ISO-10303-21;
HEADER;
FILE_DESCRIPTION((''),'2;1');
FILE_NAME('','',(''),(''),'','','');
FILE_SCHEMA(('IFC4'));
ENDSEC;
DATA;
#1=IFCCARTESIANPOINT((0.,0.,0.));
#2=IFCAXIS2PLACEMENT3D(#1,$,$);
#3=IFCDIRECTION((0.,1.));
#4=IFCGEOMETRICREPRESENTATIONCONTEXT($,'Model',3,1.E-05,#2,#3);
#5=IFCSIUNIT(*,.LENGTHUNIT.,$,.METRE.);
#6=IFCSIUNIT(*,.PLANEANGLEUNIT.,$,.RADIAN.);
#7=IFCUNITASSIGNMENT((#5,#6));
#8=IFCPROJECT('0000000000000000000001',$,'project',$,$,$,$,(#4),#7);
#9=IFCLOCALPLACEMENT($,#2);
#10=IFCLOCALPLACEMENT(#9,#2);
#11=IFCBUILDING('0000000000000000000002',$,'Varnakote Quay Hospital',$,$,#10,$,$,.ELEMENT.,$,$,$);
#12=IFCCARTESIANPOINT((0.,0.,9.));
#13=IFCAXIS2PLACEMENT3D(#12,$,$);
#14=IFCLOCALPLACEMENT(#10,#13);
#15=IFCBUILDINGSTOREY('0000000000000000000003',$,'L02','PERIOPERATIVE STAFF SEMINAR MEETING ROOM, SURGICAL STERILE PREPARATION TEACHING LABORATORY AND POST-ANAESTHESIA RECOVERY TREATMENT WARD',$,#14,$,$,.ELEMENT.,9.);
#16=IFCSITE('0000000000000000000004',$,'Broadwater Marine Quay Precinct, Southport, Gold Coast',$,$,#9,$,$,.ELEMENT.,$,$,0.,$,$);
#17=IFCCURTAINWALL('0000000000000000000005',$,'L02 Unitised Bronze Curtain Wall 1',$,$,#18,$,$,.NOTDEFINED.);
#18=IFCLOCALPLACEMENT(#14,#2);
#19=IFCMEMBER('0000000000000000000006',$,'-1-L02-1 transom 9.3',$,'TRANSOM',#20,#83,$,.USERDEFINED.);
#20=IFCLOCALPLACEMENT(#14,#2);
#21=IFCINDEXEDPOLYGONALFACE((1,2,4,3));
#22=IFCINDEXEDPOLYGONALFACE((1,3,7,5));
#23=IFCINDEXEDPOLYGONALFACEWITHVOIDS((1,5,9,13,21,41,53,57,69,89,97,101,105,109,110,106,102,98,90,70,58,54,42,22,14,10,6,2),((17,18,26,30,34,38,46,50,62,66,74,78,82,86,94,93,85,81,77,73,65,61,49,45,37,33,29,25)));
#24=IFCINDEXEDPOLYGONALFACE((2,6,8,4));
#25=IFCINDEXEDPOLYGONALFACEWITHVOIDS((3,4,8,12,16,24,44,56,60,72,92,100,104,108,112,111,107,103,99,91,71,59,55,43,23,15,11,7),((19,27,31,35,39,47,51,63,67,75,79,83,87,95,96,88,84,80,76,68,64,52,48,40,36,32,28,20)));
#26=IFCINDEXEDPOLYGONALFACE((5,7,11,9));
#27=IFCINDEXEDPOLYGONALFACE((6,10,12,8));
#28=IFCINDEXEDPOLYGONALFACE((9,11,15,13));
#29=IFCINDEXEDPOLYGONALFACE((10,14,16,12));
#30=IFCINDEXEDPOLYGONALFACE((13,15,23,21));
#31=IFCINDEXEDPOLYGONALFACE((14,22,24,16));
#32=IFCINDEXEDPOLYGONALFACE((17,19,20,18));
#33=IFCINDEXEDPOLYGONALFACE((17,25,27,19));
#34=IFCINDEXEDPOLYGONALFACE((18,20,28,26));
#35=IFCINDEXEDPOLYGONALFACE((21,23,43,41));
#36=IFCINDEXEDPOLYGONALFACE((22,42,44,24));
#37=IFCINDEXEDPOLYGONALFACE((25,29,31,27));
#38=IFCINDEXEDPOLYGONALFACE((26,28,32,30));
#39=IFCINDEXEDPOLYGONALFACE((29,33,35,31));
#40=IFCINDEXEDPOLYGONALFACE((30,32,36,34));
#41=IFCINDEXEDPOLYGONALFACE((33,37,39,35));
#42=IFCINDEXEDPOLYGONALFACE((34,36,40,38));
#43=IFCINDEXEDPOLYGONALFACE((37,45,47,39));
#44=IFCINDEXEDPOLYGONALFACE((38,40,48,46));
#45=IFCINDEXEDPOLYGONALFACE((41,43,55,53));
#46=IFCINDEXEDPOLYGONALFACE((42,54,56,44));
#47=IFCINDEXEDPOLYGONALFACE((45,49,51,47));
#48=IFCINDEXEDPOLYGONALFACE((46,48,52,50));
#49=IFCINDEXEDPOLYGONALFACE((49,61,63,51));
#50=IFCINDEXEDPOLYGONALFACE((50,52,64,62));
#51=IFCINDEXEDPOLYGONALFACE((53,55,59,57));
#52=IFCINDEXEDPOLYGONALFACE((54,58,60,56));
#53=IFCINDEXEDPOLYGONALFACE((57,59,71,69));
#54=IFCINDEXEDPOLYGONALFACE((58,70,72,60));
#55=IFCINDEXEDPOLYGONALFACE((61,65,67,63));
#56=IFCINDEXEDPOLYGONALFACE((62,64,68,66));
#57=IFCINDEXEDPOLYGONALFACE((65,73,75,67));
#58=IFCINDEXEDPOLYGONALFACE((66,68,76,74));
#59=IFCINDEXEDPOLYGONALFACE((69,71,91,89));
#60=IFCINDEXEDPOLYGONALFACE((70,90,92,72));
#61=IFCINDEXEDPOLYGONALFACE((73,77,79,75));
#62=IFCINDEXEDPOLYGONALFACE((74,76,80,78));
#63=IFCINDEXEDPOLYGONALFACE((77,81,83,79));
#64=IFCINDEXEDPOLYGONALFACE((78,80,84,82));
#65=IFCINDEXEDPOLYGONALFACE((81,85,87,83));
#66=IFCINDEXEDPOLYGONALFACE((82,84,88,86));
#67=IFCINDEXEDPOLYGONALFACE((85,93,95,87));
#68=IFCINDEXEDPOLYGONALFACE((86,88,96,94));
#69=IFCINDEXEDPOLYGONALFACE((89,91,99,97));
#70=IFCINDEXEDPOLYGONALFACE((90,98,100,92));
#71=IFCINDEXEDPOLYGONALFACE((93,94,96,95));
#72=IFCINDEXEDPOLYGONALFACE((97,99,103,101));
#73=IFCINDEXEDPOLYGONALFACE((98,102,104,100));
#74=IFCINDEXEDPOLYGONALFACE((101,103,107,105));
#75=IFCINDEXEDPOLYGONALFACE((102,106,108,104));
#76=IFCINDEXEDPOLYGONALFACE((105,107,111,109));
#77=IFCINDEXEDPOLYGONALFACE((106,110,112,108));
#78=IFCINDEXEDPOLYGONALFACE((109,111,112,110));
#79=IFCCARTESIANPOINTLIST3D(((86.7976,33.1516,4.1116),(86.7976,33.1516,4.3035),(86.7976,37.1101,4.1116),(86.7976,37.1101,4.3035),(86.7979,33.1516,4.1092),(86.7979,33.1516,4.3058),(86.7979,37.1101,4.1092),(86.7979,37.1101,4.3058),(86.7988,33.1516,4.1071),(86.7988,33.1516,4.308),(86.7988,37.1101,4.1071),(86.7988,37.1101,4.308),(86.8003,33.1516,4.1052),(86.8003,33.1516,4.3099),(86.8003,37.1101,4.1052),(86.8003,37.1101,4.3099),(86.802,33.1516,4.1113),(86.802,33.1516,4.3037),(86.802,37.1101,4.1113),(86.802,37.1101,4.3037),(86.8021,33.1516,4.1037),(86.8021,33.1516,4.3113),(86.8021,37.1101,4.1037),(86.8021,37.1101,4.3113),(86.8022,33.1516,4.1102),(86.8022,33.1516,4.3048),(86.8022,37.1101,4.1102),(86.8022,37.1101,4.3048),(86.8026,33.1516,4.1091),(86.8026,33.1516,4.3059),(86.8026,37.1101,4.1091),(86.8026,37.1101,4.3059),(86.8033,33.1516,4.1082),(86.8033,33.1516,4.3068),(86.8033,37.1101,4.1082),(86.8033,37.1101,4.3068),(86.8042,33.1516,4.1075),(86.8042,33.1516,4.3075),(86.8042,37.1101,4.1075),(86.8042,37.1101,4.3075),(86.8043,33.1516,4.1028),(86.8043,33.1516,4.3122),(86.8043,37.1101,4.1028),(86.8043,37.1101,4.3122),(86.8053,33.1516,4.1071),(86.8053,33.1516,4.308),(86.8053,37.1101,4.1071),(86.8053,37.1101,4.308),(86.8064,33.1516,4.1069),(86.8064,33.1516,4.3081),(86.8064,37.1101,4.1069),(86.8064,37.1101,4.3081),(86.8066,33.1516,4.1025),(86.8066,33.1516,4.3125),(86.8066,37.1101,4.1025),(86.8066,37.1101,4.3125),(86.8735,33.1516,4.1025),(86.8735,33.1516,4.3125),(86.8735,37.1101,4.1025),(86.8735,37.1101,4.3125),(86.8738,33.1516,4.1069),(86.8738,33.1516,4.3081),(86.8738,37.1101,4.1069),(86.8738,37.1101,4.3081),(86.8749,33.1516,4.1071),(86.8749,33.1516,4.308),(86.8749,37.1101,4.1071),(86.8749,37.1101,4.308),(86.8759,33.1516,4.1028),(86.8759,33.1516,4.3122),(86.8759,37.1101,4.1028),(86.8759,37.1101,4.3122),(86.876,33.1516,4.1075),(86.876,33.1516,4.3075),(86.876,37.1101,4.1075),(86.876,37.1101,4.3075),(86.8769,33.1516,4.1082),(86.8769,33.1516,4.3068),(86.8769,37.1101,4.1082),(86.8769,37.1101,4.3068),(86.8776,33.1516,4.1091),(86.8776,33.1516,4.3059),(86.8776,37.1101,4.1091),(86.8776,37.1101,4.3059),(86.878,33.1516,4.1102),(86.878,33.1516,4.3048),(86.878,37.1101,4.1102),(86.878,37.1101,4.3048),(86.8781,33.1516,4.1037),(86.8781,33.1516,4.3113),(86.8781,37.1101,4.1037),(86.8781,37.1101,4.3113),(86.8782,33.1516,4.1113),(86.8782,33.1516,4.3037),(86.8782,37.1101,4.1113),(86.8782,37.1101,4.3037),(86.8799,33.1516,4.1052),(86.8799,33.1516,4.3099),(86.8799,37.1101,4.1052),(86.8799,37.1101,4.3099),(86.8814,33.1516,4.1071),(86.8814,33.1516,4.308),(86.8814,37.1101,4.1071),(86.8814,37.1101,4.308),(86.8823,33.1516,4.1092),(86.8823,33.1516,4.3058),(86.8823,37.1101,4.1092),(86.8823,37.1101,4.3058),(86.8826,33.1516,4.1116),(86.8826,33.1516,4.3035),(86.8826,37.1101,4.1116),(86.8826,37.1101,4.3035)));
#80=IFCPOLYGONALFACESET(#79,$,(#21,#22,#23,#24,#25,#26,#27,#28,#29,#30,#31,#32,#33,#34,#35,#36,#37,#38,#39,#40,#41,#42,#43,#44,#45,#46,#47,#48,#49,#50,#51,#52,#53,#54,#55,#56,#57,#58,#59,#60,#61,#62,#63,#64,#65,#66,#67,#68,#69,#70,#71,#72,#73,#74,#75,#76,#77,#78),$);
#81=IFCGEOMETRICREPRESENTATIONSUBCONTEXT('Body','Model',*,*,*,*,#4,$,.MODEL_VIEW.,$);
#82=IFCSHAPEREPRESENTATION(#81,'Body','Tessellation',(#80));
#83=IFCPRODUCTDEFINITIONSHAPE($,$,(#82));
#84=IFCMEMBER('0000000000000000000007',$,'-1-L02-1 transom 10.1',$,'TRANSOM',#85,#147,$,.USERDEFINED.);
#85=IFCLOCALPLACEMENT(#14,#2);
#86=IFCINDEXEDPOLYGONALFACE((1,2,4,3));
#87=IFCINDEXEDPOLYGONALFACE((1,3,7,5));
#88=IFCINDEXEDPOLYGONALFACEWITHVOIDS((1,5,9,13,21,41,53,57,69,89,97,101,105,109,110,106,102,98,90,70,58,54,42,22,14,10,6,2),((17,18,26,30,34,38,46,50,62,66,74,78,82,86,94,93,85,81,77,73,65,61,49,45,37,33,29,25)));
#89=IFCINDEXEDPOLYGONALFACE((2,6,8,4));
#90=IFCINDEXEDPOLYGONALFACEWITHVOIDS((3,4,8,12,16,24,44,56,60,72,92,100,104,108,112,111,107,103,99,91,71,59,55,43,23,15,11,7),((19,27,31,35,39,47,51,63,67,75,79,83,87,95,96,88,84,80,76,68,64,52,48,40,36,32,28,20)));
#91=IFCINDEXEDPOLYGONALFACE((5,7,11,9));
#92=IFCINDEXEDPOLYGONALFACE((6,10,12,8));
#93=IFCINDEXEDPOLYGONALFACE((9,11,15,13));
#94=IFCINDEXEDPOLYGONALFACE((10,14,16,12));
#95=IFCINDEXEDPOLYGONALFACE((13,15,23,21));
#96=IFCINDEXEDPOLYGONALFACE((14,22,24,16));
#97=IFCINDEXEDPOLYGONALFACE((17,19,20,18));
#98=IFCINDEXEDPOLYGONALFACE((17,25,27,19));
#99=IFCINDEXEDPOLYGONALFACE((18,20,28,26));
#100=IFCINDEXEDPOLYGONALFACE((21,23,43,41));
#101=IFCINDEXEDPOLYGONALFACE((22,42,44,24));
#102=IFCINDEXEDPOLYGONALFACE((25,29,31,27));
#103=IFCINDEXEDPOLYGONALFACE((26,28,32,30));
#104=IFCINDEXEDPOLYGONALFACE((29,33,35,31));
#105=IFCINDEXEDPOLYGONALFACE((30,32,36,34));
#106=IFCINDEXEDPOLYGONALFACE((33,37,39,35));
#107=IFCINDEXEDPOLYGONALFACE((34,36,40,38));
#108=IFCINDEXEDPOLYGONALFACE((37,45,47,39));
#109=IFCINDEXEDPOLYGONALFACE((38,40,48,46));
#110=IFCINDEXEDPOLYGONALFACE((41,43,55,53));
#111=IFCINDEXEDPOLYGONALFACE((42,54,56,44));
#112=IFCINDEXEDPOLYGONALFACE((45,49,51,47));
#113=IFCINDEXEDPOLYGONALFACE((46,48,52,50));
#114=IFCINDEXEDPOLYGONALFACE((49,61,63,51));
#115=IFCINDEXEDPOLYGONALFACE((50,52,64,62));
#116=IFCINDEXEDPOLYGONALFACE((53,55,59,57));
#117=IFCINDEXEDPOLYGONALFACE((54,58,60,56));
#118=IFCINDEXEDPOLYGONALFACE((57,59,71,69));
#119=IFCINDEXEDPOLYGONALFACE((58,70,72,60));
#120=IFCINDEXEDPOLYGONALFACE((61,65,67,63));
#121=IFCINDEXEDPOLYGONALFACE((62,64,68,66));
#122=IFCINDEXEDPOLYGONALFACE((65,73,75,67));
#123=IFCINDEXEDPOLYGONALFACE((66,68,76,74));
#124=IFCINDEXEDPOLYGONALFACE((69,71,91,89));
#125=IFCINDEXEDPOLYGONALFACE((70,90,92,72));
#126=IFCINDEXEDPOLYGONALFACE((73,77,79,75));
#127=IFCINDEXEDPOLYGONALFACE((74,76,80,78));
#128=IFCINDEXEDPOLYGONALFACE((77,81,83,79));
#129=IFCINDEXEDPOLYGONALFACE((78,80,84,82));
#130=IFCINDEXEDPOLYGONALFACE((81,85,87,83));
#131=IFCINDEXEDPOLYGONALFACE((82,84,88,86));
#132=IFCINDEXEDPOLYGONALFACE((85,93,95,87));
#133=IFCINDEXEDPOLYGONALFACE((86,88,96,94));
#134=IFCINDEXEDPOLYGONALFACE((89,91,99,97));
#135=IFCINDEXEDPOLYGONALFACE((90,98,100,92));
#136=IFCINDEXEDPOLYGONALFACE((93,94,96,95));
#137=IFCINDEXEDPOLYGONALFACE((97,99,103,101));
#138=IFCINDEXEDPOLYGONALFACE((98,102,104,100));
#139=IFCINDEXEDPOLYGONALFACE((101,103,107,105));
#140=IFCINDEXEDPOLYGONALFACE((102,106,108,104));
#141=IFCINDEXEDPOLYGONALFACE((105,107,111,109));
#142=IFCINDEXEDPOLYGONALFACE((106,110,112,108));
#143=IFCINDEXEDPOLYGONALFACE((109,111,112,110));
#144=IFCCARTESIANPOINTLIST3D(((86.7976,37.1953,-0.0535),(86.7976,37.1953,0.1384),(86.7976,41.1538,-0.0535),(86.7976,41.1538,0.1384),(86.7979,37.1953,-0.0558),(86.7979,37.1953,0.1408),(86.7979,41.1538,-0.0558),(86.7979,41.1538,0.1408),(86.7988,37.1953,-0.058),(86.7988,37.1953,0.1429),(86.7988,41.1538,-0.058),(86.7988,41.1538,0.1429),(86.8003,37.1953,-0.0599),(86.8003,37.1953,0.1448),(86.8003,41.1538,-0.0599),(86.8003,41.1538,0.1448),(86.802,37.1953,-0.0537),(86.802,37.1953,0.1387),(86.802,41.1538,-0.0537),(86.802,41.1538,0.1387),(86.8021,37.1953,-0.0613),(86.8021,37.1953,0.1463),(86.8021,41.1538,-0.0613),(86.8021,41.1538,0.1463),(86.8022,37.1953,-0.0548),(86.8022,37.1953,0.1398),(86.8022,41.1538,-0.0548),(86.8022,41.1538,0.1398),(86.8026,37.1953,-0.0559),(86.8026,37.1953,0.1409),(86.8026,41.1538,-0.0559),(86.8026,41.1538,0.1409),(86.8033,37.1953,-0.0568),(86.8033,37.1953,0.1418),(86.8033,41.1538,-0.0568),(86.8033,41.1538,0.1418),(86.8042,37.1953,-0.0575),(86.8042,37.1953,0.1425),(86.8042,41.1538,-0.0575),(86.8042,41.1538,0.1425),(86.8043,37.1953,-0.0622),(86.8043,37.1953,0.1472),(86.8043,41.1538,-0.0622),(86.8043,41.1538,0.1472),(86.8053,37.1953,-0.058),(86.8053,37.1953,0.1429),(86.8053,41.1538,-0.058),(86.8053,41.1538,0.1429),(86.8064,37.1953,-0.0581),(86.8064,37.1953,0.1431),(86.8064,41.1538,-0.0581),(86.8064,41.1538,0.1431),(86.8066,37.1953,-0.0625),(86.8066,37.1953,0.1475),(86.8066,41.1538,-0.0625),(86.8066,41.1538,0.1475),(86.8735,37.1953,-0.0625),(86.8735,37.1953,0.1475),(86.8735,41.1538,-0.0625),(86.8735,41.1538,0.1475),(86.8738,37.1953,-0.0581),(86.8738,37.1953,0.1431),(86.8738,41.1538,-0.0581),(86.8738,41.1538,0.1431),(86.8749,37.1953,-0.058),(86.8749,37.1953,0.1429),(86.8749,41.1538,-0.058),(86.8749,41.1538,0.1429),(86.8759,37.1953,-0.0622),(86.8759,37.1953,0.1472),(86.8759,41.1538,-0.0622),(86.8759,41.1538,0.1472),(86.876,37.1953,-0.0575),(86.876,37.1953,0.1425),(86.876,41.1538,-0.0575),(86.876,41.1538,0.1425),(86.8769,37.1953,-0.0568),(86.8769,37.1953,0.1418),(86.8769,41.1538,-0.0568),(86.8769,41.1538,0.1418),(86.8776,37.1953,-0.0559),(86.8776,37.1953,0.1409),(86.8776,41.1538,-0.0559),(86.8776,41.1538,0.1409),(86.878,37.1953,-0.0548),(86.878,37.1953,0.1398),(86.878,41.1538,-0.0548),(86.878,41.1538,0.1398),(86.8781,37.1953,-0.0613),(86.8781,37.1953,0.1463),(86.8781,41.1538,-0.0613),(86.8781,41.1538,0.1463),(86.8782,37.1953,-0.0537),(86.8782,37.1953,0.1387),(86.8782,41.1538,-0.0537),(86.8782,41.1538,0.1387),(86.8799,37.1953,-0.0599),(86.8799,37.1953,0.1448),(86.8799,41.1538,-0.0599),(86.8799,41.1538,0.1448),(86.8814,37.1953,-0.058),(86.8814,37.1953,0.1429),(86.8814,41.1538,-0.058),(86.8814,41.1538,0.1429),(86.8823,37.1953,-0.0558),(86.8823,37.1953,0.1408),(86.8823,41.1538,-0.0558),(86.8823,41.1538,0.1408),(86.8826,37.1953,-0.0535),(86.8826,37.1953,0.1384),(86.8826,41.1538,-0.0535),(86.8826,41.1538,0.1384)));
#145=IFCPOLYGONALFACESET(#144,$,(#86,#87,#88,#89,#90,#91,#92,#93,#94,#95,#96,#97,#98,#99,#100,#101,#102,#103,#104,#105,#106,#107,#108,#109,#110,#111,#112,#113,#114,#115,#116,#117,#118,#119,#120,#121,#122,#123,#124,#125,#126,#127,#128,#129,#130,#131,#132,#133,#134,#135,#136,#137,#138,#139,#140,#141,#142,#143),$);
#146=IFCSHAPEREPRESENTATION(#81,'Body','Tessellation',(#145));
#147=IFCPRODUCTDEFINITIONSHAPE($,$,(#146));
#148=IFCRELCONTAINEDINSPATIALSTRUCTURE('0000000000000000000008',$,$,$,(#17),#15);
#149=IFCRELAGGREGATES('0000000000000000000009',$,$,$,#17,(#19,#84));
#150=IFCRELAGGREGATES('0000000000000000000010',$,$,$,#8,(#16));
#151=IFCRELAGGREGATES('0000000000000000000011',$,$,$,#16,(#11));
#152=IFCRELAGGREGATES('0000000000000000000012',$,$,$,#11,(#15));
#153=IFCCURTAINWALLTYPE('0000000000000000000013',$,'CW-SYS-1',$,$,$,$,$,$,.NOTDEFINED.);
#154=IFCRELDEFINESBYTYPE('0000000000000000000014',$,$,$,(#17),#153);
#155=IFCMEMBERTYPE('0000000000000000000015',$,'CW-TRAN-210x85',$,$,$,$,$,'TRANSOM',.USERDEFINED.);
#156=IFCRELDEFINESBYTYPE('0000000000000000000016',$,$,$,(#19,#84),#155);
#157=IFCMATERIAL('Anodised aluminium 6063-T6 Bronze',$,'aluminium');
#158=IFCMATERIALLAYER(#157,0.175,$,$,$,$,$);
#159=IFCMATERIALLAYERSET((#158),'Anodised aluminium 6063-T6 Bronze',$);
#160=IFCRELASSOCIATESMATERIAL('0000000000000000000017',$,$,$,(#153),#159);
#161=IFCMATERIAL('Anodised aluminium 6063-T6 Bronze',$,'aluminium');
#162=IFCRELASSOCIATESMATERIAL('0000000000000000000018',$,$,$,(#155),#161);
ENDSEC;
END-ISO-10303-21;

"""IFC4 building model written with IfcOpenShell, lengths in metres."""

from ifc_helpers import new_model, si_unit, direction, frame, origin, origin_2d, place, context, subcontext, project, spatial, hollow_rectangle, extrude, material, layer, layer_set, material_profile, profile_set, type_object, element, aggregate, save


model = new_model("IFC4")

# Units and contexts
model_context = context("Model", 3, precision=1e-05, world=origin(), true_north=direction((0.0, 1.0)))
body_context = subcontext(model_context, "Body", "Model", "MODEL_VIEW")
ifc_project = project(units=[si_unit("LENGTHUNIT", "METRE"), si_unit("PLANEANGLEUNIT", "RADIAN")], contexts=[model_context])

# Site, building, storey
site_placement = place(None, origin())
site = spatial("IfcSite", under=ifc_project, at=site_placement, Name="Broadwater Marine Quay Precinct, Southport, Gold Coast", CompositionType="ELEMENT", RefElevation=0.0)
building_placement = place(site_placement, origin())
building = spatial("IfcBuilding", under=site, at=building_placement, Name="Varnakote Quay Hospital", CompositionType="ELEMENT")
storey_placement = place(building_placement, frame((0.0, 0.0, 9.0)))
storey = spatial("IfcBuildingStorey", under=building, at=storey_placement, Name="L02", Description="PERIOPERATIVE STAFF SEMINAR MEETING ROOM, SURGICAL STERILE PREPARATION TEACHING LABORATORY AND POST-ANAESTHESIA RECOVERY TREATMENT WARD", CompositionType="ELEMENT", Elevation=9.0)

# Curtain wall, members
ifc_material_1 = material(Name="Anodised aluminium 6063-T6 Bronze", Category="aluminium")
ifc_layer_1 = layer(ifc_material_1, 0.175)
ifc_layer_set_1 = layer_set([ifc_layer_1], Name="Anodised aluminium 6063-T6 Bronze")
curtain_wall_type = type_object("IfcCurtainWallType", Name="CW-SYS-1", PredefinedType="NOTDEFINED", material=ifc_layer_set_1)
curtain_wall_placement = place(storey_placement, origin())
curtain_wall = element("IfcCurtainWall", 1, at=curtain_wall_placement, inside=storey, type_object=curtain_wall_type, Name="L02 Unitised Bronze Curtain Wall 1", PredefinedType="NOTDEFINED")
ifc_material_2 = material(Name="Anodised aluminium 6063-T6 Bronze", Category="aluminium")
ifc_material_profile_1 = material_profile(ifc_material_2, hollow_rectangle(XDim=0.085, YDim=0.21, WallThickness=0.0044, InnerFilletRadius=0.0044, OuterFilletRadius=0.009, at=origin_2d()), Name="CW-TRAN-210x85")
ifc_profile_set_1 = profile_set([ifc_material_profile_1], Name="Anodised aluminium 6063-T6 Bronze")
member_type_1 = type_object("IfcMemberType", Name="CW-TRAN-210x85", ElementType="TRANSOM", PredefinedType="USERDEFINED", material=ifc_profile_set_1)
member_1_placement = place(storey_placement, frame((86.8401, 33.1516, 4.2075), z_axis=(0.0, 1.0, 0.0), x_axis=(-1.0, 0.0, 0.0)))
member_1 = element("IfcMember", 2, at=member_1_placement, type_object=member_type_1, Name="-1-L02-1 transom 9.3", ObjectType="TRANSOM", PredefinedType="USERDEFINED", context=body_context, shape_type="SweptSolid", body=[
    extrude(hollow_rectangle(XDim=0.085, YDim=0.21, WallThickness=0.0044, InnerFilletRadius=0.0044, OuterFilletRadius=0.009, at=origin_2d()), origin(), (0.0, 0.0, 1.0), 3.9585),
])
member_2_placement = place(storey_placement, frame((86.8401, 37.1953, 0.0425), z_axis=(0.0, 1.0, 0.0), x_axis=(-1.0, 0.0, 0.0)))
member_2 = element("IfcMember", 3, at=member_2_placement, type_object=member_type_1, Name="-1-L02-1 transom 10.1", ObjectType="TRANSOM", PredefinedType="USERDEFINED", context=body_context, shape_type="SweptSolid", body=[
    extrude(hollow_rectangle(XDim=0.085, YDim=0.21, WallThickness=0.0044, InnerFilletRadius=0.0044, OuterFilletRadius=0.009, at=origin_2d()), origin(), (0.0, 0.0, 1.0), 3.9585),
])

aggregate(curtain_wall, [member_1, member_2])

save(model, "model.ifc")
